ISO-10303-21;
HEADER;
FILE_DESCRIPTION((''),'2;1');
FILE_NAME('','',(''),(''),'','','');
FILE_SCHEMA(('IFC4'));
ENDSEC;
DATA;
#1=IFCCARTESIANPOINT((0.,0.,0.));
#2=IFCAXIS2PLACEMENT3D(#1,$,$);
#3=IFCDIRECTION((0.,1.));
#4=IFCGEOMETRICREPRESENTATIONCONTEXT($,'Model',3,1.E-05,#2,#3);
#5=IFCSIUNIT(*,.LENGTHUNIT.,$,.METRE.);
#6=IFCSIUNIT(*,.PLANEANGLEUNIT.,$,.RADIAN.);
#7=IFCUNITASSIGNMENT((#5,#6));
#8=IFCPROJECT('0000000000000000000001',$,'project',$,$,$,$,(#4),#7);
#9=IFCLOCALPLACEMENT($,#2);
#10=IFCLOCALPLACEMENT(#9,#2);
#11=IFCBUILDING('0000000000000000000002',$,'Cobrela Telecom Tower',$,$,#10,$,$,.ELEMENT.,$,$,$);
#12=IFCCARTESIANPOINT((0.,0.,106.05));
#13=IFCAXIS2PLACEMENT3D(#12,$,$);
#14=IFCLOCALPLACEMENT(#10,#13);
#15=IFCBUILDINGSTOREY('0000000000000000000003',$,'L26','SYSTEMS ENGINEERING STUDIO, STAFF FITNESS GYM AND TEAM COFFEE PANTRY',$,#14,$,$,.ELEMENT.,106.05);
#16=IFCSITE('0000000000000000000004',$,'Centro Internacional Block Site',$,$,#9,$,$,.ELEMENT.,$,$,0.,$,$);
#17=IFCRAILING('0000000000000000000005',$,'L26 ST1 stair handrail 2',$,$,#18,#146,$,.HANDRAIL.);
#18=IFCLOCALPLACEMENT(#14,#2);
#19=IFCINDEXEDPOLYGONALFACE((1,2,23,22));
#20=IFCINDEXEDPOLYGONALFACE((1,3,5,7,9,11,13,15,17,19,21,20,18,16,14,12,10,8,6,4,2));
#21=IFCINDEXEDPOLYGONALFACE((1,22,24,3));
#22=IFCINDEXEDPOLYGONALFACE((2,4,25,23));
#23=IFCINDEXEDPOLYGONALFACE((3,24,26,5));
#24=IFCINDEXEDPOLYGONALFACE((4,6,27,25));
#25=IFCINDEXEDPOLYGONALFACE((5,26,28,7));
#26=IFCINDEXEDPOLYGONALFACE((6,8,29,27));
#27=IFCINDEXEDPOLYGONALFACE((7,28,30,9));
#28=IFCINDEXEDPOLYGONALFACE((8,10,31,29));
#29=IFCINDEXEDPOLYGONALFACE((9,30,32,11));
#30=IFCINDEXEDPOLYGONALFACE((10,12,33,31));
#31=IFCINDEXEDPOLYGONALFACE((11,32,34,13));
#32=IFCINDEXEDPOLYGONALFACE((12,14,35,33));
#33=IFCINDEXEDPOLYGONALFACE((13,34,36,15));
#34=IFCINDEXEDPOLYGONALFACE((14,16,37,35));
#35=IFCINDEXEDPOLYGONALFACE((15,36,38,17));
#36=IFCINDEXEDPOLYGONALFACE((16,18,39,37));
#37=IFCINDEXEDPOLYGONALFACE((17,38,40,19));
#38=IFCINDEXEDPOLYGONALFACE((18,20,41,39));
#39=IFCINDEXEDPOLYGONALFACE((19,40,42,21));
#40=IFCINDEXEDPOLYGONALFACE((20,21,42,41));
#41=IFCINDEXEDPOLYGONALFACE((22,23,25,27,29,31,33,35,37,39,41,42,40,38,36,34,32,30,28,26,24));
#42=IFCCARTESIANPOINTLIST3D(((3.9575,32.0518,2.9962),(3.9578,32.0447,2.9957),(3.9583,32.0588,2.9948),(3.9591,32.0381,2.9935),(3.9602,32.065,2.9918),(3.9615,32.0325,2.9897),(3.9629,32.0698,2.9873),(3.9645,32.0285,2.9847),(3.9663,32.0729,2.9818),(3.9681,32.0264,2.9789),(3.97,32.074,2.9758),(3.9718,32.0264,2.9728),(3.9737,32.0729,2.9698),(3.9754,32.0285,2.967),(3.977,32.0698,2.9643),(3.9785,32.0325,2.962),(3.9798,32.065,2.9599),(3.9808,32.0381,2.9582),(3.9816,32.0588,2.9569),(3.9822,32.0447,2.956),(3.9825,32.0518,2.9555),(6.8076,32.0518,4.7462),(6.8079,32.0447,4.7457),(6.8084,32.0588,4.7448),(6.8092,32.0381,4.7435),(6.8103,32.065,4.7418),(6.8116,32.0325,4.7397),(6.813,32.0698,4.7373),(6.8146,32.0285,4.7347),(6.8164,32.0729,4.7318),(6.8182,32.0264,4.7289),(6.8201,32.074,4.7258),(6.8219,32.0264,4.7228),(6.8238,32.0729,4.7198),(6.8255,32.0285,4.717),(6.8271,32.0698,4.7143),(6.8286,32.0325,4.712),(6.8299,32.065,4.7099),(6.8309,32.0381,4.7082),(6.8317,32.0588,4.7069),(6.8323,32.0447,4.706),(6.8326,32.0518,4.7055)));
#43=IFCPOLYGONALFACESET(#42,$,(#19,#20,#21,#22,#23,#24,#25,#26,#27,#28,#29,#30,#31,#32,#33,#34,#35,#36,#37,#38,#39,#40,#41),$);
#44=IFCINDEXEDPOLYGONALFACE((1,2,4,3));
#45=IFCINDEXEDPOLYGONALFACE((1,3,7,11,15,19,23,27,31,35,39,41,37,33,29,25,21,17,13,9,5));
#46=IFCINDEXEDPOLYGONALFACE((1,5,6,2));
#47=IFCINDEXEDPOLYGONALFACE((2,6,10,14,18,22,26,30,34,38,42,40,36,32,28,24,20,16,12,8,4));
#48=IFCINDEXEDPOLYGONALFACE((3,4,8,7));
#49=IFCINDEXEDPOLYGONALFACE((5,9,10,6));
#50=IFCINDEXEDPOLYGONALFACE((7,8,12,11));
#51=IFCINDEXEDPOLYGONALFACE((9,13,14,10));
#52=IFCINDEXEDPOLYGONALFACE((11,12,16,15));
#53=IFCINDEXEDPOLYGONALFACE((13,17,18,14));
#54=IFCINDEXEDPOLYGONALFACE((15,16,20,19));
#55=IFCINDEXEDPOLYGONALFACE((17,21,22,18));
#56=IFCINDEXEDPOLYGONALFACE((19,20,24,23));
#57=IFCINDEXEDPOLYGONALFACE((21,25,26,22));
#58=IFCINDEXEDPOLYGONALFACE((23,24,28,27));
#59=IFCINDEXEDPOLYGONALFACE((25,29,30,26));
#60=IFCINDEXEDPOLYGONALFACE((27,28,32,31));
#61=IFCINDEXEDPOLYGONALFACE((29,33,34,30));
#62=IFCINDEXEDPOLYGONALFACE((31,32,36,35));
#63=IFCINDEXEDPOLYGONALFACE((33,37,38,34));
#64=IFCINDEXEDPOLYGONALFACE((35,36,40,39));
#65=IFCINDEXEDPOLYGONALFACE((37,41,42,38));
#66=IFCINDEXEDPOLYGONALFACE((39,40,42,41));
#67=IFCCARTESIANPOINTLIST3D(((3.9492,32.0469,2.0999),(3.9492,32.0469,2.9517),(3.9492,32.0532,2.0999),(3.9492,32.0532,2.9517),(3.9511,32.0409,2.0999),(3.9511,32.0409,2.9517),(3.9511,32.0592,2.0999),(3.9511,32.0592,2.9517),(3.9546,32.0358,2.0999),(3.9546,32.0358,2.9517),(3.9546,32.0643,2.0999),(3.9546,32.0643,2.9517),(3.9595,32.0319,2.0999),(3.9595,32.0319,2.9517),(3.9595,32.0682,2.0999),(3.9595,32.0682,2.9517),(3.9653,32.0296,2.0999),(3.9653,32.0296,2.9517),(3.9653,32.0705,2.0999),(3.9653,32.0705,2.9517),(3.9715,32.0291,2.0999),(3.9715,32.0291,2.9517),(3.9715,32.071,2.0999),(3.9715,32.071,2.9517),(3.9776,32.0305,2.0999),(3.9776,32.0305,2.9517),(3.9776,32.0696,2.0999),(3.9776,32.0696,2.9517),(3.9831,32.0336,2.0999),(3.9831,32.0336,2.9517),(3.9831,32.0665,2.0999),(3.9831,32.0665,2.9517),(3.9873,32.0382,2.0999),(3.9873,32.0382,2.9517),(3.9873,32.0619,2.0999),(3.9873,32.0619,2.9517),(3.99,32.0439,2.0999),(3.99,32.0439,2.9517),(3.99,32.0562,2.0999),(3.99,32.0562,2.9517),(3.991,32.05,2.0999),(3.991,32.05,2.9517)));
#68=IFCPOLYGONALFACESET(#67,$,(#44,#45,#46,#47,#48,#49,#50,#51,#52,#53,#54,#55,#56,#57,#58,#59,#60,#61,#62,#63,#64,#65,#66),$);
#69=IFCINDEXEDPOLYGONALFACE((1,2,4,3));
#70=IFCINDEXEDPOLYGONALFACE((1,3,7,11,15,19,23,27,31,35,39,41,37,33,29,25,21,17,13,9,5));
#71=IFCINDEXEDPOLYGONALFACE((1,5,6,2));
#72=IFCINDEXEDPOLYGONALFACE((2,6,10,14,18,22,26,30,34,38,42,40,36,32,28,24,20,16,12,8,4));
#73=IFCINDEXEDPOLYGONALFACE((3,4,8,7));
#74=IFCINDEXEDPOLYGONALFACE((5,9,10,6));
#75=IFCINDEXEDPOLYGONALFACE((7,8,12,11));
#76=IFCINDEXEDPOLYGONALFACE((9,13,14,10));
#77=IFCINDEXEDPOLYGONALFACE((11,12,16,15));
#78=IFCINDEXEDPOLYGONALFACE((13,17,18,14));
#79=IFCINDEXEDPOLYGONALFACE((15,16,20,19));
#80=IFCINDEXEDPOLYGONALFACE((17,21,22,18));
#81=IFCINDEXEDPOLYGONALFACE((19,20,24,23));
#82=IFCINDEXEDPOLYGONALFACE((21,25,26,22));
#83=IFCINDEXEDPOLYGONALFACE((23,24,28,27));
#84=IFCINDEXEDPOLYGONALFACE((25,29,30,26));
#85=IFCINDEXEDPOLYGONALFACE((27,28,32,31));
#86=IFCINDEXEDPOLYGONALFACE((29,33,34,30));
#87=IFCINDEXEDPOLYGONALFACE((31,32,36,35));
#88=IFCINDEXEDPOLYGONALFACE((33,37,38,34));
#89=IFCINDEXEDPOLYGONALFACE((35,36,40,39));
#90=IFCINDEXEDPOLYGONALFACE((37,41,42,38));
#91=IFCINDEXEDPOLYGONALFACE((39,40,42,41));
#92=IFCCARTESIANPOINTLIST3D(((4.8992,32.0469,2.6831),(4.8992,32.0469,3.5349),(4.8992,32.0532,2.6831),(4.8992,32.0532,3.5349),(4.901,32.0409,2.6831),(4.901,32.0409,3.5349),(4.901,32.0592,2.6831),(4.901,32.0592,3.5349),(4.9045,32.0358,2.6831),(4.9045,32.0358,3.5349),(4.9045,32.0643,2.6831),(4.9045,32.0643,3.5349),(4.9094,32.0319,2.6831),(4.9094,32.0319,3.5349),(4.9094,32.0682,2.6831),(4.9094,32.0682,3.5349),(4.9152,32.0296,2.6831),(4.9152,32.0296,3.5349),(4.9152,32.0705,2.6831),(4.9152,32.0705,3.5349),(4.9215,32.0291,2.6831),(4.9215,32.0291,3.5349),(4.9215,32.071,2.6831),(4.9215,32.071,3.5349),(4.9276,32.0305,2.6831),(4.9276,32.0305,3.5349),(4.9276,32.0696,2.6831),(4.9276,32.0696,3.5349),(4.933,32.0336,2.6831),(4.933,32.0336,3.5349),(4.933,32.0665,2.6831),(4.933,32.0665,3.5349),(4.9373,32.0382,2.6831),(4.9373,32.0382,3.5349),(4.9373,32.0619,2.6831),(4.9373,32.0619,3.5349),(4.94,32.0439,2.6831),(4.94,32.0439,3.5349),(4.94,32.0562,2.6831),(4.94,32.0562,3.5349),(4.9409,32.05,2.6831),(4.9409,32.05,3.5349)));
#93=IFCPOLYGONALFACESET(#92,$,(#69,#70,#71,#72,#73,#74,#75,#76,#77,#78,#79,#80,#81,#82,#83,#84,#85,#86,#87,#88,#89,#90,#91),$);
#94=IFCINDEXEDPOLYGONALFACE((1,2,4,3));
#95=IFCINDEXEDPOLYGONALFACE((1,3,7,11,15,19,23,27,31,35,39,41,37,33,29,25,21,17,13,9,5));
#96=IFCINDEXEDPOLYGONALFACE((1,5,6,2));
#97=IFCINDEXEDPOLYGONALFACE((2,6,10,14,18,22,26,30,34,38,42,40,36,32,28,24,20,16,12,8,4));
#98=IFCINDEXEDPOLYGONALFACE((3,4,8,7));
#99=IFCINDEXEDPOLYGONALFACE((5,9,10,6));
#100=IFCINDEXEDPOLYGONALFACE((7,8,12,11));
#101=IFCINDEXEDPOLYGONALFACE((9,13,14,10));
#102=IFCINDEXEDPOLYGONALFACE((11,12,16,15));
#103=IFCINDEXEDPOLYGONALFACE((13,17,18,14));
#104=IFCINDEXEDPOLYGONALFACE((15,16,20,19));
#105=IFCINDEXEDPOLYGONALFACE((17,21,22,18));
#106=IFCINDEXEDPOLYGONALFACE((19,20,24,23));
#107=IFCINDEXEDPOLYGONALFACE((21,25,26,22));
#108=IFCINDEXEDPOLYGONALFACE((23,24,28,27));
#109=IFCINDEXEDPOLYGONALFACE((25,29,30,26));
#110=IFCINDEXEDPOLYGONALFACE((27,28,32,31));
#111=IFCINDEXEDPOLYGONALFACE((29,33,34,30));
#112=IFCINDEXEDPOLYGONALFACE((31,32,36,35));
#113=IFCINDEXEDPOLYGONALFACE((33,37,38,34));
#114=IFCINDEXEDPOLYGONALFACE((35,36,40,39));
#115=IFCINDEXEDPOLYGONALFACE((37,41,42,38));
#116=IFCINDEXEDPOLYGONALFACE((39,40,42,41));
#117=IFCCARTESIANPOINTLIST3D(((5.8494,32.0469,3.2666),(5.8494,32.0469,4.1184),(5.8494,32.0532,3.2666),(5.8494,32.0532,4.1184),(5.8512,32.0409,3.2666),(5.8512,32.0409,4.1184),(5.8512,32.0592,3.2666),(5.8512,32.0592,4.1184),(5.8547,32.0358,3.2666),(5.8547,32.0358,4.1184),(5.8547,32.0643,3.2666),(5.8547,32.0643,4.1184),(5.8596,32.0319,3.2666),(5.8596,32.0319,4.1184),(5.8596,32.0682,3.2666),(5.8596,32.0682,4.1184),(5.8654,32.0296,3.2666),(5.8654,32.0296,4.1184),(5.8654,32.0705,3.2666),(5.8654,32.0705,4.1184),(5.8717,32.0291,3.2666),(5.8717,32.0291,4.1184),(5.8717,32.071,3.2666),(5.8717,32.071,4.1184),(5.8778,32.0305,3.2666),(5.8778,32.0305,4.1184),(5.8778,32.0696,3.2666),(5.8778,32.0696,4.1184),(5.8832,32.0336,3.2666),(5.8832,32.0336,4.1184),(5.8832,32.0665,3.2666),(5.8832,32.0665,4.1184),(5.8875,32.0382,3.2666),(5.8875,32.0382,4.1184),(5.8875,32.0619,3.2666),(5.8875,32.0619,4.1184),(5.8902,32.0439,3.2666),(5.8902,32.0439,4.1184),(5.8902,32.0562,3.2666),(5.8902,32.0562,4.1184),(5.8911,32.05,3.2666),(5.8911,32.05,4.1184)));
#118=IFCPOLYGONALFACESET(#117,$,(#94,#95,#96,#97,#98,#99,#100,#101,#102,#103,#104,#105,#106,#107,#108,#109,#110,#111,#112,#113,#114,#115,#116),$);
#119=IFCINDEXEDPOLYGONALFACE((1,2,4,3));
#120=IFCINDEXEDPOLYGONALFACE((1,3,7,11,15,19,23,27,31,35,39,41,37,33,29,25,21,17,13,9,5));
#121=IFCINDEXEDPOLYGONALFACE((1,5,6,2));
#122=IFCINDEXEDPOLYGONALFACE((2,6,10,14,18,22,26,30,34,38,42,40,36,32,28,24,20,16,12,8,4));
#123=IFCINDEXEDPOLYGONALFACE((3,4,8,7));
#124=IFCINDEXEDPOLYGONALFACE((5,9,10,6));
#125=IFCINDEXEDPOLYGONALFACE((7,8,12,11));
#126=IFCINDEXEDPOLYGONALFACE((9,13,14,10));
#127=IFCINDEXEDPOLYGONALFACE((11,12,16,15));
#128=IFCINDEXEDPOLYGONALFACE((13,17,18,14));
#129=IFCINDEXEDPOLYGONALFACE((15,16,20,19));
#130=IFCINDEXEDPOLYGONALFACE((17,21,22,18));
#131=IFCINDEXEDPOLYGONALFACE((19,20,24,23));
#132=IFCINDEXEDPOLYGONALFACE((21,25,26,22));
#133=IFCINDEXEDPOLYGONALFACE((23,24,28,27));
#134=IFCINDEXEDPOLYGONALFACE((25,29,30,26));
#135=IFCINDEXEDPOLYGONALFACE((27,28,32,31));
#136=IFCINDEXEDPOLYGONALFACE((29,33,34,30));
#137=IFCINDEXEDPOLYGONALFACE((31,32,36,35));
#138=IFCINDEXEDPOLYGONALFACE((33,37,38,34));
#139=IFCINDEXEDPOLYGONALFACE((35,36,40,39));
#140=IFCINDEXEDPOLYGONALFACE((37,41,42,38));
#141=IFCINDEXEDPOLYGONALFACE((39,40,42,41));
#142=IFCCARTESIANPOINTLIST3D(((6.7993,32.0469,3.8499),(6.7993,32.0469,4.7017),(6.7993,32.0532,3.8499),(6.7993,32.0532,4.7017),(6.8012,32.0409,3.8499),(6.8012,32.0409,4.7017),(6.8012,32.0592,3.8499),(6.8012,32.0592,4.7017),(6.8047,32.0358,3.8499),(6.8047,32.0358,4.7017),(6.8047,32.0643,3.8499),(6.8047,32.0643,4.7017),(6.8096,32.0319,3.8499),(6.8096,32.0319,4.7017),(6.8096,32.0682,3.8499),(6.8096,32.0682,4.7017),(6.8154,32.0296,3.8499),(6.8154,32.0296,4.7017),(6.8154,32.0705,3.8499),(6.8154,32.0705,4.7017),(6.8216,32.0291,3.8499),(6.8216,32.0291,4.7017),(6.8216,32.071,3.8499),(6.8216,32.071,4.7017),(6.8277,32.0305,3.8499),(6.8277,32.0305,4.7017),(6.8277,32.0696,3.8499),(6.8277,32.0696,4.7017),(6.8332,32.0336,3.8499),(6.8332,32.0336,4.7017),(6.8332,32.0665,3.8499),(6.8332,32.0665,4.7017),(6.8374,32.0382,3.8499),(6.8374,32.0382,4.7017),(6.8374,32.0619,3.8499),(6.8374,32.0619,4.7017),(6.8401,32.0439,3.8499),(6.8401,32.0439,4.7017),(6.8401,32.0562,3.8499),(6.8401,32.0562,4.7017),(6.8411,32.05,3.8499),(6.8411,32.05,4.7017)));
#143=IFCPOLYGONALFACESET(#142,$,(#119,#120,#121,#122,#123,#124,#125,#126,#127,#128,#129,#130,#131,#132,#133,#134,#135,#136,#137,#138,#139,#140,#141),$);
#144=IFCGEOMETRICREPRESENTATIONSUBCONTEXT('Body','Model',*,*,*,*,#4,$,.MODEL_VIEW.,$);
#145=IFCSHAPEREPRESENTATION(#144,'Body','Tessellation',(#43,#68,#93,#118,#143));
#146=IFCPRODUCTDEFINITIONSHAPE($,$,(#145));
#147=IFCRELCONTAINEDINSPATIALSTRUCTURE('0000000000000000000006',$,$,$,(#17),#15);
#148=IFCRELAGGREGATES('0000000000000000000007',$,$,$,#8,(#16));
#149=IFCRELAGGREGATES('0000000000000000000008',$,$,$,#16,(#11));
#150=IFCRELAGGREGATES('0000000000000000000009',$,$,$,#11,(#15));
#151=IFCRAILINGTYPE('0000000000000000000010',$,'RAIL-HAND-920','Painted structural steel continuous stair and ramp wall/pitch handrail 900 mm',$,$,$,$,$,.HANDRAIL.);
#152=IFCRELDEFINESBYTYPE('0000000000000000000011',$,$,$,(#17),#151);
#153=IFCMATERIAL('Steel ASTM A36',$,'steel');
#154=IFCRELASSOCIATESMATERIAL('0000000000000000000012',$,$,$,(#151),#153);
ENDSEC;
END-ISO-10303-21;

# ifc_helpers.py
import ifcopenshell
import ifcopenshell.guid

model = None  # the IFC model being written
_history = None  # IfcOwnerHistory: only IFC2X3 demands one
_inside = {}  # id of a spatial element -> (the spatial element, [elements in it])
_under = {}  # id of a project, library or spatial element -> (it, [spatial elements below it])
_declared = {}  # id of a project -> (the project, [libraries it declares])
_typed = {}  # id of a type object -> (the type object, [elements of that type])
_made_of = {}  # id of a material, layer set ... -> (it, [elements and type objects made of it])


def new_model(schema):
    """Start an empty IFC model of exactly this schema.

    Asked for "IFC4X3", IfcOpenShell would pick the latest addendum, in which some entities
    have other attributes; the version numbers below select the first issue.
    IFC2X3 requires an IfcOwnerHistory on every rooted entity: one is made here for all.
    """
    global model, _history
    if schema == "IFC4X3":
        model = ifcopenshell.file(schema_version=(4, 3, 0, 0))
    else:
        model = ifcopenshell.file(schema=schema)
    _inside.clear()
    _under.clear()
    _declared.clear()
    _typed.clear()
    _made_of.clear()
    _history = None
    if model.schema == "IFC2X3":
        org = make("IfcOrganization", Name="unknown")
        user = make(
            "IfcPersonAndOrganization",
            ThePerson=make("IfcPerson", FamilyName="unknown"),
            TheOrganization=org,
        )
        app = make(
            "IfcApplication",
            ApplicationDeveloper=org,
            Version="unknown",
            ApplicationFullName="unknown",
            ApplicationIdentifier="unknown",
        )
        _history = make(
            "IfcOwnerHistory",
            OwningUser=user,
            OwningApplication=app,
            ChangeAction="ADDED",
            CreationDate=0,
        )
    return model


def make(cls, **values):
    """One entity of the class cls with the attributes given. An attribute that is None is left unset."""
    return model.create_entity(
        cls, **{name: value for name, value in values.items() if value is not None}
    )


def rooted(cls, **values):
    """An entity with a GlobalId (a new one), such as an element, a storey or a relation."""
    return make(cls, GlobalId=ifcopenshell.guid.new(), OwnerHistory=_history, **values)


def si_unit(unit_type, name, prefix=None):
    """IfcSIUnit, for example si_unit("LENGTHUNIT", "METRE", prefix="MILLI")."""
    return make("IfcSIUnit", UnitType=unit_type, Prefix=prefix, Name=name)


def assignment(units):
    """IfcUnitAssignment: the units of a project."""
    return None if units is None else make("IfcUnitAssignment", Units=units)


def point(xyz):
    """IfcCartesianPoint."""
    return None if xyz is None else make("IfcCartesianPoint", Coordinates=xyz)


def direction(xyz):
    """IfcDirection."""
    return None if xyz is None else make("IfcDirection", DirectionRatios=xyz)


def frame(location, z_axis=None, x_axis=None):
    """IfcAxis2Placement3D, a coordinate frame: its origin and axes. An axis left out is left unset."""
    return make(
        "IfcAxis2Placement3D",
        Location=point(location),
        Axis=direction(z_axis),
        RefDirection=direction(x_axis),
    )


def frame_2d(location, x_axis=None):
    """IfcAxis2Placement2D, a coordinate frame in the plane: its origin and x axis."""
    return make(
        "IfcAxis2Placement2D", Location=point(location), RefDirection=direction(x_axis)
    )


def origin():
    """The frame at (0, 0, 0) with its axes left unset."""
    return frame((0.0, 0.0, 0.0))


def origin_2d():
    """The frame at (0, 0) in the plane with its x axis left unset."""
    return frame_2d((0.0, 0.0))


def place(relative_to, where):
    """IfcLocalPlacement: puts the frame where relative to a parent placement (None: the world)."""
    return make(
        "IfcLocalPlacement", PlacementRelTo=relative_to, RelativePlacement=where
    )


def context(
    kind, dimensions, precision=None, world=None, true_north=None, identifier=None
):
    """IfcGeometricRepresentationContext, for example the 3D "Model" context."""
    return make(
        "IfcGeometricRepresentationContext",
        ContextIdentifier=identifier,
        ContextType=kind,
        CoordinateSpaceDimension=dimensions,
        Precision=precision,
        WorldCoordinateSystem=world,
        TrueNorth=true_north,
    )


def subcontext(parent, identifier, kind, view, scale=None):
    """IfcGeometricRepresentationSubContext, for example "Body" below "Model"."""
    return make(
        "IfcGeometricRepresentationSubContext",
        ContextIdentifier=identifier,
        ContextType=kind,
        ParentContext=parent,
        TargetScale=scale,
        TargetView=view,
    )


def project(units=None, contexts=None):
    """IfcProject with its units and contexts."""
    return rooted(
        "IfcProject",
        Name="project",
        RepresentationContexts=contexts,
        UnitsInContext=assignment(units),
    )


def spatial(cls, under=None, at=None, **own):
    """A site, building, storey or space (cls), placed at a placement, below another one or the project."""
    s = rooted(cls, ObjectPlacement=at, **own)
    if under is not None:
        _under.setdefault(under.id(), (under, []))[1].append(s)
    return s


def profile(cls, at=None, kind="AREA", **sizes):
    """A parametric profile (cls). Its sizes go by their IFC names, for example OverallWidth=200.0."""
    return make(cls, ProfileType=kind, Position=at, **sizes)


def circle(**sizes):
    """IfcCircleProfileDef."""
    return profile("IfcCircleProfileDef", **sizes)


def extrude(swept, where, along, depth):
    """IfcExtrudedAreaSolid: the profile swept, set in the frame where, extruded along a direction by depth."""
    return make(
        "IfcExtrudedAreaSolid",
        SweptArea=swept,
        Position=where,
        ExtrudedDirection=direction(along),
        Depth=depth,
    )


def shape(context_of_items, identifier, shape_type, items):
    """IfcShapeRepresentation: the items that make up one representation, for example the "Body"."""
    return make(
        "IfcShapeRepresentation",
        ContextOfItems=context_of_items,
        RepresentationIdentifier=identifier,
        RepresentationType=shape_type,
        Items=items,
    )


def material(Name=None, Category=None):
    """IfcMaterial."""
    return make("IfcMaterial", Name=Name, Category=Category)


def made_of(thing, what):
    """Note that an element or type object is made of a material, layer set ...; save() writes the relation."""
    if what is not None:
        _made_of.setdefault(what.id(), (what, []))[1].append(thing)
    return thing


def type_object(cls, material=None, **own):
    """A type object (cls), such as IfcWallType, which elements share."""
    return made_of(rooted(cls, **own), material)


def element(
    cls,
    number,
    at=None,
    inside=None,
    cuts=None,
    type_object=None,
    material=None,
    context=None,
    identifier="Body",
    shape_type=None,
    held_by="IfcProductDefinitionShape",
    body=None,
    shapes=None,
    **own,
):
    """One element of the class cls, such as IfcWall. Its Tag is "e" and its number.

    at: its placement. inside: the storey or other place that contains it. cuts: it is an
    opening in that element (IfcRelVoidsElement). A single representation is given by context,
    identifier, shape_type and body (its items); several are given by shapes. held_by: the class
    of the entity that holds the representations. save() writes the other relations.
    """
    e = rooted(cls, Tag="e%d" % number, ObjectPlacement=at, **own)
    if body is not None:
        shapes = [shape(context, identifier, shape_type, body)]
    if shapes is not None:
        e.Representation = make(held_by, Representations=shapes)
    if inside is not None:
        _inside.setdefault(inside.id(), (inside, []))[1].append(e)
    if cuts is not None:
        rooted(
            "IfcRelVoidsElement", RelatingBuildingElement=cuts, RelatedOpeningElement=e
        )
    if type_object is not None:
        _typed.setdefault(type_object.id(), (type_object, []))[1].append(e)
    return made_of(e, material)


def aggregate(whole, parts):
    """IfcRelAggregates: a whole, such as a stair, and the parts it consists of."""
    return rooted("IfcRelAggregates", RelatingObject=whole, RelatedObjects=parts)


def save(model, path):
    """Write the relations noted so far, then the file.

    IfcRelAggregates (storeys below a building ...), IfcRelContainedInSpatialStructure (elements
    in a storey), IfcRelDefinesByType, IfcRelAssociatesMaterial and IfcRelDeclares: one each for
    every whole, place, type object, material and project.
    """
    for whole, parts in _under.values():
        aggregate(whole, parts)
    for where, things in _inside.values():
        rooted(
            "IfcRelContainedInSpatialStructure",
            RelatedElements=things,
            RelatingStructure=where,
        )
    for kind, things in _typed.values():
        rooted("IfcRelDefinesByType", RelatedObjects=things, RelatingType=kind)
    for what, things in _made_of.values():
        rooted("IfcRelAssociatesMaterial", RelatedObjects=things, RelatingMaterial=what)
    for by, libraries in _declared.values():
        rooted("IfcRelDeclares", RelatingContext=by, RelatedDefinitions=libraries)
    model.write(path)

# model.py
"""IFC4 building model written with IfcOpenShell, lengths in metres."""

from ifc_helpers import new_model, si_unit, direction, frame, origin, origin_2d, place, context, subcontext, project, spatial, circle, extrude, material, type_object, element, save


model = new_model("IFC4")

# Units and contexts
model_context = context("Model", 3, precision=1e-05, world=origin(), true_north=direction((0.0, 1.0)))
body_context = subcontext(model_context, "Body", "Model", "MODEL_VIEW")
ifc_project = project(units=[si_unit("LENGTHUNIT", "METRE"), si_unit("PLANEANGLEUNIT", "RADIAN")], contexts=[model_context])

# Site, building, storey
site_placement = place(None, origin())
site = spatial("IfcSite", under=ifc_project, at=site_placement, Name="Centro Internacional Block Site", CompositionType="ELEMENT", RefElevation=0.0)
building_placement = place(site_placement, origin())
building = spatial("IfcBuilding", under=site, at=building_placement, Name="Cobrela Telecom Tower", CompositionType="ELEMENT")
storey_placement = place(building_placement, frame((0.0, 0.0, 106.05)))
storey = spatial("IfcBuildingStorey", under=building, at=storey_placement, Name="L26", Description="SYSTEMS ENGINEERING STUDIO, STAFF FITNESS GYM AND TEAM COFFEE PANTRY", CompositionType="ELEMENT", Elevation=106.05)

# Shared definitions
ifc_material_1 = material(Name="Steel ASTM A36", Category="steel")

# Railing
railing_type_1 = type_object("IfcRailingType", Name="RAIL-HAND-920", Description="Painted structural steel continuous stair and ramp wall/pitch handrail 900 mm", PredefinedType="HANDRAIL", material=ifc_material_1)
railing_1_placement = place(storey_placement, frame((3.97, 32.05, 2.0999)))
element("IfcRailing", 1, at=railing_1_placement, inside=storey, type_object=railing_type_1, Name="L26 ST1 stair handrail 2", PredefinedType="HANDRAIL", context=body_context, shape_type="SweptSolid", body=[
    extrude(circle(Radius=0.0239, at=origin_2d()), frame((0.0, 0.0, 0.876), z_axis=(0.852179, 0.0, 0.52325), x_axis=(0.0, 1.0, 0.0)), (0.0, 0.0, 1.0), 3.3445),
    extrude(circle(Radius=0.021, at=origin_2d()), origin(), (0.0, 0.0, 1.0), 0.8518),
    extrude(circle(Radius=0.021, at=origin_2d()), frame((0.95, 0.0, 0.5833)), (0.0, 0.0, 1.0), 0.8518),
    extrude(circle(Radius=0.021, at=origin_2d()), frame((1.9001, 0.0, 1.1667)), (0.0, 0.0, 1.0), 0.8518),
    extrude(circle(Radius=0.021, at=origin_2d()), frame((2.8501, 0.0, 1.75)), (0.0, 0.0, 1.0), 0.8518),
])

save(model, "model.ifc")
